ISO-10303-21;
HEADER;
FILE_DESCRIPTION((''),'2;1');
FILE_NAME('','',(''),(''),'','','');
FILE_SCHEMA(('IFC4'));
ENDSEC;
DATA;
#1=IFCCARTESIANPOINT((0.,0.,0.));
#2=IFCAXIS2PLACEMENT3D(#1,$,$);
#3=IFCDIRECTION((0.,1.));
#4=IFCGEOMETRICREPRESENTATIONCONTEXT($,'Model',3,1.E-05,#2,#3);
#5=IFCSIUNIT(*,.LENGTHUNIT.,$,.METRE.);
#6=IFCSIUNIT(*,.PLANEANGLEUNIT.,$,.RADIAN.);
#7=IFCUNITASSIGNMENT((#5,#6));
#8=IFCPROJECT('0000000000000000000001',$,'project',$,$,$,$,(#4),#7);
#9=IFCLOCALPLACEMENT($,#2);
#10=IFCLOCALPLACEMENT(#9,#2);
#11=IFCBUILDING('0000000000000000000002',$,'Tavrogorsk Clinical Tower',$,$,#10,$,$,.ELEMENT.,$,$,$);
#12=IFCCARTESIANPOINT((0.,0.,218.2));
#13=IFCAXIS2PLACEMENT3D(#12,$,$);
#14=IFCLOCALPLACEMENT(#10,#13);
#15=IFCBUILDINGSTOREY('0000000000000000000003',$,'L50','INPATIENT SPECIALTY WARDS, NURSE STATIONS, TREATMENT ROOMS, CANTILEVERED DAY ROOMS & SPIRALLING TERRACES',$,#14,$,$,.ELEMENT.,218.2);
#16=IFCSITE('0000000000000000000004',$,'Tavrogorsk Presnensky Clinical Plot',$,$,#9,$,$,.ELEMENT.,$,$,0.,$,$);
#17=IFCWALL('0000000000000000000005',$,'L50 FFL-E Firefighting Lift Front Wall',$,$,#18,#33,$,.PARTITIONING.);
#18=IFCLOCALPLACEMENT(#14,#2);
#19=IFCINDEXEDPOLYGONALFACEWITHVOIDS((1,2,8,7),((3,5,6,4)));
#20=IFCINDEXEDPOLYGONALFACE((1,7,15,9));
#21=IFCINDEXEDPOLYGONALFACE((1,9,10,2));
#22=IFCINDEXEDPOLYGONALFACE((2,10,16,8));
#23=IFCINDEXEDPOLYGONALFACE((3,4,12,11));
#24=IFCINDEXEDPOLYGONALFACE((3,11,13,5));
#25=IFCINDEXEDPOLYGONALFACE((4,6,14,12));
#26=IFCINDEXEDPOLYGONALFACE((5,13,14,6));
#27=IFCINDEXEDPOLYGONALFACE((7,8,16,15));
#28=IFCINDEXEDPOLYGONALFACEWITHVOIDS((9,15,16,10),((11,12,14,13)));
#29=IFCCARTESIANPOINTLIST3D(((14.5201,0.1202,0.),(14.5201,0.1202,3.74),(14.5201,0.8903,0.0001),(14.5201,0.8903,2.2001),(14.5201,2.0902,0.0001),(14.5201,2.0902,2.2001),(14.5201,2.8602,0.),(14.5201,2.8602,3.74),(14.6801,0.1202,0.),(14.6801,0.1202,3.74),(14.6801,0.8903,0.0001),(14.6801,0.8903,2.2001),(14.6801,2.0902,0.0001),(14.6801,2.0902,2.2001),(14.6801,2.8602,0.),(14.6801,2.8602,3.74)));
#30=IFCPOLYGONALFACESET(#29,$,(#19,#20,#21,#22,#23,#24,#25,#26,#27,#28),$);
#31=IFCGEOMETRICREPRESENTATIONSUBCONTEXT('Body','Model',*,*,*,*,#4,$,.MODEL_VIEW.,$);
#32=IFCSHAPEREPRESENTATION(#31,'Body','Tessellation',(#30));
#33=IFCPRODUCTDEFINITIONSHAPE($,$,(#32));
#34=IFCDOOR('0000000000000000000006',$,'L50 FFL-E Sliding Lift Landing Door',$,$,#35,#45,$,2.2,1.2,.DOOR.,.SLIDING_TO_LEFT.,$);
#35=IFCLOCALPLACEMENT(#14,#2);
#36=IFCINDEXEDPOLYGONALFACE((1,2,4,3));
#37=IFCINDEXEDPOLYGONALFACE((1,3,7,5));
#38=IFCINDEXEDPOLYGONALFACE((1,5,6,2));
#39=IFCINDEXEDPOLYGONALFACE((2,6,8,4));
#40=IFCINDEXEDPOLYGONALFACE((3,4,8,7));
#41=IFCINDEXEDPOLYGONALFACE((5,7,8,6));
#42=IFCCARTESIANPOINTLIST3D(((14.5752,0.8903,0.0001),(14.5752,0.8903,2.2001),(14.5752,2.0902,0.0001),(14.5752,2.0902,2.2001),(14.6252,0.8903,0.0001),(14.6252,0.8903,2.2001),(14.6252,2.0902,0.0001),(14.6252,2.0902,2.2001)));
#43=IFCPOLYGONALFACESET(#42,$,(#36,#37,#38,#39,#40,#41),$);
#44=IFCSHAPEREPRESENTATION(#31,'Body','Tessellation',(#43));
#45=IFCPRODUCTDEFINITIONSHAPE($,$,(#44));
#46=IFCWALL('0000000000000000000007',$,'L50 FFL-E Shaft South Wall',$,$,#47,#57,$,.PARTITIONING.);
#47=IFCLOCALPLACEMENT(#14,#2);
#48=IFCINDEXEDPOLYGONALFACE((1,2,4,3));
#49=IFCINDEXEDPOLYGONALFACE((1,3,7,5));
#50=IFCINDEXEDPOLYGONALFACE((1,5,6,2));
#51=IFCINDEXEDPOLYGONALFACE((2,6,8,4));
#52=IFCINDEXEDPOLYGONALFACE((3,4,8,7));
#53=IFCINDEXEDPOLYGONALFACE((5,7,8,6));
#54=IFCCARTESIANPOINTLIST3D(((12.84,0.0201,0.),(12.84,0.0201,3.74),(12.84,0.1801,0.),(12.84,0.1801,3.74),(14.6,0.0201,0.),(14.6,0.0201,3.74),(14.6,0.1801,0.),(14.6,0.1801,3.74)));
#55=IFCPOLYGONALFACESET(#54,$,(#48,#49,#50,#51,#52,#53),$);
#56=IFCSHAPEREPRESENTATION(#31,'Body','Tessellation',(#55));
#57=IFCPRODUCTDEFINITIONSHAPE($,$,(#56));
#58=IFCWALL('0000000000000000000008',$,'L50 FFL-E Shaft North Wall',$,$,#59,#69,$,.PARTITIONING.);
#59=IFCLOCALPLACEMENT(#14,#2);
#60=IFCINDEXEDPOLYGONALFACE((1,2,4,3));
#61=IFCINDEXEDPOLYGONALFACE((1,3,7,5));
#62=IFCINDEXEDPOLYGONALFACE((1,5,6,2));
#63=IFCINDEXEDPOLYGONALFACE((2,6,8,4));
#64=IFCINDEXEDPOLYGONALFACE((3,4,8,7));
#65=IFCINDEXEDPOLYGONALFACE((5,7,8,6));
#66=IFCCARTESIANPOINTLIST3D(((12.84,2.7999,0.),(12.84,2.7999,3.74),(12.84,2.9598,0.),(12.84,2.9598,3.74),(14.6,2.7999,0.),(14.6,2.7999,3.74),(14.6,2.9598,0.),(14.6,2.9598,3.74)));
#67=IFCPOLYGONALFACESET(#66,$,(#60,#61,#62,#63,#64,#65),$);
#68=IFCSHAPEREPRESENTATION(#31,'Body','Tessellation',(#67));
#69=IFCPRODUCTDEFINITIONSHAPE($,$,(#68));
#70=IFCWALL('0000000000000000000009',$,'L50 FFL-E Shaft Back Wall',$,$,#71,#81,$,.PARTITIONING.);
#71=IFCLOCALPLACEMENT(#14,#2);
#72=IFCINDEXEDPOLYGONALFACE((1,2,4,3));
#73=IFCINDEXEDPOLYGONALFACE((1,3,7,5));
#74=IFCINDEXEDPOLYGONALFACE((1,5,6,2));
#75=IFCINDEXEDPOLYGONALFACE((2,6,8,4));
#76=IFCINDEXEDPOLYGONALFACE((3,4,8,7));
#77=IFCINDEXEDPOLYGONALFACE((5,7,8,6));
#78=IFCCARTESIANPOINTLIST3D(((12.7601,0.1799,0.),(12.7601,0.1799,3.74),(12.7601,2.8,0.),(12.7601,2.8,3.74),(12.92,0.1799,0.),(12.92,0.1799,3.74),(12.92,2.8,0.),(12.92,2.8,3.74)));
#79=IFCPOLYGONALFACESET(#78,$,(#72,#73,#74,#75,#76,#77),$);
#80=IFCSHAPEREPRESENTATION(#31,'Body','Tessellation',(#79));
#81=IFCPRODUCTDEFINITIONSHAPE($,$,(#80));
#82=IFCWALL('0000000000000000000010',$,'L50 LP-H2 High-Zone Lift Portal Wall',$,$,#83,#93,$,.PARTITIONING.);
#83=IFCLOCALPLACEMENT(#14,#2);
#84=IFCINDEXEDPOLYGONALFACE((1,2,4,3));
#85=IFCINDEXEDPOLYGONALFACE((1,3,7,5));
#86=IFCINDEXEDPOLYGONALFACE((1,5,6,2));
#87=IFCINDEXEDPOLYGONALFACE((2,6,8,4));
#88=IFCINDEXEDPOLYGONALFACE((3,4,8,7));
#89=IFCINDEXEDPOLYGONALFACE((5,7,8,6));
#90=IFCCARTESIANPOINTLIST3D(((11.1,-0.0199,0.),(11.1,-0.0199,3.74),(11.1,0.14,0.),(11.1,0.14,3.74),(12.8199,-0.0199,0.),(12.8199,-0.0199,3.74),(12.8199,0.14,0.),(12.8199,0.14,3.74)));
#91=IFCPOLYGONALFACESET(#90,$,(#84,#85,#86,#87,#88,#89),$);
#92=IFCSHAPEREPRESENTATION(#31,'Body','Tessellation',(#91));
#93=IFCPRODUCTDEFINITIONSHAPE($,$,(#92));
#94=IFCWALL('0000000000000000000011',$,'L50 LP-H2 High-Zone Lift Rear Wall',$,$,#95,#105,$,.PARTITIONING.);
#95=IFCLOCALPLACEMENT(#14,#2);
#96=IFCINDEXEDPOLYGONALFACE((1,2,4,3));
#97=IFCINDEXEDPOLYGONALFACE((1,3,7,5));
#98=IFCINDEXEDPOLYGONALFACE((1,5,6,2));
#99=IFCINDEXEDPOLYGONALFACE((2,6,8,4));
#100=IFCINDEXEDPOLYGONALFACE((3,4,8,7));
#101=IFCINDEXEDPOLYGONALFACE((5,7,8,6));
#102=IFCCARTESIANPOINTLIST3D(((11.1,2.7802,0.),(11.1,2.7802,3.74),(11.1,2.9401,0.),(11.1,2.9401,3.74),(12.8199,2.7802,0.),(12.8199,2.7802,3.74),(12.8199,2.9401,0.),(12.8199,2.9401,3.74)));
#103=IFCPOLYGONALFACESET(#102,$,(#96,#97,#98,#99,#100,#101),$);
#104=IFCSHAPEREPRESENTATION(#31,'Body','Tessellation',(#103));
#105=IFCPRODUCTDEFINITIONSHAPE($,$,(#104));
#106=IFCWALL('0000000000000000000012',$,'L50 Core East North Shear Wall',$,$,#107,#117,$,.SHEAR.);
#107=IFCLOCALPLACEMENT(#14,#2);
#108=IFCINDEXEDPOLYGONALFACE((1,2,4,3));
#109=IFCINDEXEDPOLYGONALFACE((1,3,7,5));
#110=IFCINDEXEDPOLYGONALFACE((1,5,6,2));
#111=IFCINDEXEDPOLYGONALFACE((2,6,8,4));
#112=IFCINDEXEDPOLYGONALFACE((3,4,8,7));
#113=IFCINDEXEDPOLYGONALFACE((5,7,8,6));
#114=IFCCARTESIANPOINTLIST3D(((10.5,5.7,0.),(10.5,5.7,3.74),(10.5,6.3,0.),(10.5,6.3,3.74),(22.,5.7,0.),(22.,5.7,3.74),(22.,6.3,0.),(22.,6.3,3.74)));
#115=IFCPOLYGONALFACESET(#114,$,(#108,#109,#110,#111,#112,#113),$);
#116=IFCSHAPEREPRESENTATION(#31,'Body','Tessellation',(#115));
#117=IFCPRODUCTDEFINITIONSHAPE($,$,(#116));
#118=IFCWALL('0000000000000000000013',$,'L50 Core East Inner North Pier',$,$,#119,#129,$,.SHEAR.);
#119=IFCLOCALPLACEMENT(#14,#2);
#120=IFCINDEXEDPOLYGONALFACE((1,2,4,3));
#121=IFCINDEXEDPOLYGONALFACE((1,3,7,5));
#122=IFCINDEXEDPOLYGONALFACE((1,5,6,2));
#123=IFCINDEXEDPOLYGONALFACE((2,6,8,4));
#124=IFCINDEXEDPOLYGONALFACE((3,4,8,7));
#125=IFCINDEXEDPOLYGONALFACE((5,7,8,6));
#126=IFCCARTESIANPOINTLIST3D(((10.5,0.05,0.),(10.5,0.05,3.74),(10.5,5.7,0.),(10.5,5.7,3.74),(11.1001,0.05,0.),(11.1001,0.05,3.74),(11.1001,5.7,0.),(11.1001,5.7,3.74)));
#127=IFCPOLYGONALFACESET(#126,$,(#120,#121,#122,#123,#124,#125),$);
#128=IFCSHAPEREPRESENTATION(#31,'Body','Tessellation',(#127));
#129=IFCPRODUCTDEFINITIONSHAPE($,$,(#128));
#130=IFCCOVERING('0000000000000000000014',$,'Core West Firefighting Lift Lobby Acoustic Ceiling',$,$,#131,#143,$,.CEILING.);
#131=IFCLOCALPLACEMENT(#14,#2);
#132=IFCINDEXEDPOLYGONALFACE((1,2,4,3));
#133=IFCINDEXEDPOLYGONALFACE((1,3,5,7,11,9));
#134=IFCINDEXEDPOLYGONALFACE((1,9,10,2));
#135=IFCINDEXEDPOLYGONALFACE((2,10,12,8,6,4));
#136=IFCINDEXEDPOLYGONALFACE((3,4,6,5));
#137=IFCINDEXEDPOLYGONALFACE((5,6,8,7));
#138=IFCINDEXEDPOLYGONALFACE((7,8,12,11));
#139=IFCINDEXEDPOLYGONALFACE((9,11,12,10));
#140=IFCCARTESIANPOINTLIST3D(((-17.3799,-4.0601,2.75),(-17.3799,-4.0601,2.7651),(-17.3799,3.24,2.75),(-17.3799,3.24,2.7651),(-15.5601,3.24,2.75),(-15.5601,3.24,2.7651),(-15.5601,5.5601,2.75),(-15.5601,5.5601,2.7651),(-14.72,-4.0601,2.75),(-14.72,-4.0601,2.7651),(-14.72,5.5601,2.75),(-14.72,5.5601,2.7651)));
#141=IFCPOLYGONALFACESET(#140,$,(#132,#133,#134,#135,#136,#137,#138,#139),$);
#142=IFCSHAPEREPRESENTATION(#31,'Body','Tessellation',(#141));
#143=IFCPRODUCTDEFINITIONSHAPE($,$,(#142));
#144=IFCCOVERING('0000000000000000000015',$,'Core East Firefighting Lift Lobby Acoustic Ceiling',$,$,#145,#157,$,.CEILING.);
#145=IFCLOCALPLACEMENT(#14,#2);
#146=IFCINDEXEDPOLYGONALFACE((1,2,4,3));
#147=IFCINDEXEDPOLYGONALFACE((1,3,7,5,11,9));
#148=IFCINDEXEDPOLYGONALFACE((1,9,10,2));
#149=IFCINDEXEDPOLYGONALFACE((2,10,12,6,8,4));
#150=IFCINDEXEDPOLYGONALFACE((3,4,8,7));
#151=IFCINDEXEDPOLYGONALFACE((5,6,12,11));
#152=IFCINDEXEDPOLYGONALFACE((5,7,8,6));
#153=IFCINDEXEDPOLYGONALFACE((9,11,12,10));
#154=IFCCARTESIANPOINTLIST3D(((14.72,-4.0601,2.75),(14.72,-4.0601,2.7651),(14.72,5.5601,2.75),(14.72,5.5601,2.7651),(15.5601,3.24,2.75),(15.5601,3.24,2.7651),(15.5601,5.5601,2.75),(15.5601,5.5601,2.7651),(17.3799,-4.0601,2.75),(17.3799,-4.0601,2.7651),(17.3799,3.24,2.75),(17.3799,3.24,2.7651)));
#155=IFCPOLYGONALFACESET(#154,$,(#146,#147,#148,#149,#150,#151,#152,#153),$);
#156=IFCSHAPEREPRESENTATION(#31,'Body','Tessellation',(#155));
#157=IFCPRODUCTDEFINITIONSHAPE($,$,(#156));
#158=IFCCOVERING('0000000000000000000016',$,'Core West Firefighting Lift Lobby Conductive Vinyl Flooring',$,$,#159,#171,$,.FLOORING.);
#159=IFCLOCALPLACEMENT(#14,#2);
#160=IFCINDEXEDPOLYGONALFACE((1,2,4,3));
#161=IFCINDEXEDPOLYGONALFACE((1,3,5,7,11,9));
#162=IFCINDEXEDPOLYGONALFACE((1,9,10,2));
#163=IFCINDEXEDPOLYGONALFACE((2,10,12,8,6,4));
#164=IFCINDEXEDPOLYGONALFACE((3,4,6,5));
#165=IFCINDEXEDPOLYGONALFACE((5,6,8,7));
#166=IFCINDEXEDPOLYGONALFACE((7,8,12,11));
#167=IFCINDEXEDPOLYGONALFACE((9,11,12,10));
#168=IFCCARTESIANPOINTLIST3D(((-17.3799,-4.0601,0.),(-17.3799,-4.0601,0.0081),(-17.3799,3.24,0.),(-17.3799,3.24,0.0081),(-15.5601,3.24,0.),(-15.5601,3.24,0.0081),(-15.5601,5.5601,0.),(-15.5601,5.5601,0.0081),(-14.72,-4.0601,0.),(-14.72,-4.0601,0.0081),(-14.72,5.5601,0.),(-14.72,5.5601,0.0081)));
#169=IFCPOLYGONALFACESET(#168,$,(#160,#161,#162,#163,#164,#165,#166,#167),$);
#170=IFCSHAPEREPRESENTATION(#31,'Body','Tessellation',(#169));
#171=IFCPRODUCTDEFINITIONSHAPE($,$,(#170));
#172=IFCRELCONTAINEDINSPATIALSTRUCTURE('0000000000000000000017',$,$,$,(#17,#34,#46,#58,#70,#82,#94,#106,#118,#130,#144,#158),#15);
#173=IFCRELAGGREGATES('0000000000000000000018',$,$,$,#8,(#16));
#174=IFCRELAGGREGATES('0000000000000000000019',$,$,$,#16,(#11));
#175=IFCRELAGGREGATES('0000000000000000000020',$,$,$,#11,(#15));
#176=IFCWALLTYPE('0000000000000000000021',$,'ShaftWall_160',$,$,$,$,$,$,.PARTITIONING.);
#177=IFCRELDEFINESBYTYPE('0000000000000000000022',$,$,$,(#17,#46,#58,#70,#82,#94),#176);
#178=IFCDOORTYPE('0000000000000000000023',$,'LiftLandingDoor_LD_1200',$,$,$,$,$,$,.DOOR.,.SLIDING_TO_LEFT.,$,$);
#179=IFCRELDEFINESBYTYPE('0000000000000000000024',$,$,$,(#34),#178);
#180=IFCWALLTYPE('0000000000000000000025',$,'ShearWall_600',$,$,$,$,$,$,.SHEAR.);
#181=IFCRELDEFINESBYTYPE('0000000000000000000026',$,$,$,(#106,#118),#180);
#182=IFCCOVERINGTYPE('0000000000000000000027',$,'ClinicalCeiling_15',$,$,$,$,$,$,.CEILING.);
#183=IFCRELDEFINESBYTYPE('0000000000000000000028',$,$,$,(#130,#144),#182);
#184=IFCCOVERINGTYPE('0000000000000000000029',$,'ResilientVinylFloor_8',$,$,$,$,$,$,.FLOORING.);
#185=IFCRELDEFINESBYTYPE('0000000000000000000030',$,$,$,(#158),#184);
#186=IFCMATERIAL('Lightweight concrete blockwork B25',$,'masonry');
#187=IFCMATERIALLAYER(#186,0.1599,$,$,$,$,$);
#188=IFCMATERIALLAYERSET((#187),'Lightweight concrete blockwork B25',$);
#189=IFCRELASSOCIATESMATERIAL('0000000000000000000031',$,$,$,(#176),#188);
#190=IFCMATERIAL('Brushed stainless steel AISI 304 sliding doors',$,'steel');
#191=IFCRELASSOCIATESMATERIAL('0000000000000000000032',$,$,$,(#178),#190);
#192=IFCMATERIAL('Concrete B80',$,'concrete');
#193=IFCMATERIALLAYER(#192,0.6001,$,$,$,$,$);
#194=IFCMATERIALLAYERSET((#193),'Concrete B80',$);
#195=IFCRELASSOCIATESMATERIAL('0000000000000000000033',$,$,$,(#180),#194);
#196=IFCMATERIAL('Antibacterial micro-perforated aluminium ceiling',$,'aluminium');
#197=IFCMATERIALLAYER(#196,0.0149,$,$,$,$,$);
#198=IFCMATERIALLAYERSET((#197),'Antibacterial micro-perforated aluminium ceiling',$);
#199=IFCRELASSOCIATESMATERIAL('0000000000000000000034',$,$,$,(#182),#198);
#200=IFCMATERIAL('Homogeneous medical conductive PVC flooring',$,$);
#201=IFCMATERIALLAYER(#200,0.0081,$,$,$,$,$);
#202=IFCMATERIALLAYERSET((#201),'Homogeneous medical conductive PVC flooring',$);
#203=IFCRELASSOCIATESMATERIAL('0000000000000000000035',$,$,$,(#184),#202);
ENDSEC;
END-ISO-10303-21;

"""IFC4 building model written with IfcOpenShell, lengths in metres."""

from ifc_helpers import new_model, si_unit, direction, frame, frame_2d, origin, place, context, subcontext, project, spatial, polyline, rectangle, outline, extrude, material, layer, layer_set, type_object, element, fill, save


model = new_model("IFC4")

# Units and contexts
model_context = context("Model", 3, precision=1e-05, world=origin(), true_north=direction((0.0, 1.0)))
body_context = subcontext(model_context, "Body", "Model", "MODEL_VIEW")
ifc_project = project(units=[si_unit("LENGTHUNIT", "METRE"), si_unit("PLANEANGLEUNIT", "RADIAN")], contexts=[model_context])

# Site, building, storey
site_placement = place(None, origin())
site = spatial("IfcSite", under=ifc_project, at=site_placement, Name="Tavrogorsk Presnensky Clinical Plot", CompositionType="ELEMENT", RefElevation=0.0)
building_placement = place(site_placement, origin())
building = spatial("IfcBuilding", under=site, at=building_placement, Name="Tavrogorsk Clinical Tower", CompositionType="ELEMENT")
storey_placement = place(building_placement, frame((0.0, 0.0, 218.2)))
storey = spatial("IfcBuildingStorey", under=building, at=storey_placement, Name="L50", Description="INPATIENT SPECIALTY WARDS, NURSE STATIONS, TREATMENT ROOMS, CANTILEVERED DAY ROOMS & SPIRALLING TERRACES", CompositionType="ELEMENT", Elevation=218.2)

# Wall, opening, door
ifc_material_1 = material(Name="Lightweight concrete blockwork B25", Category="masonry")
ifc_layer_1 = layer(ifc_material_1, 0.1599)
ifc_layer_set_1 = layer_set([ifc_layer_1], Name="Lightweight concrete blockwork B25")
wall_type_1 = type_object("IfcWallType", Name="ShaftWall_160", PredefinedType="PARTITIONING", material=ifc_layer_set_1)
wall_1_placement = place(storey_placement, frame((14.6001, 0.1201, 0.0), z_axis=(0.0, 0.0, 1.0), x_axis=(0.0, 1.0, 0.0)))
wall_1 = element("IfcWall", 1, at=wall_1_placement, inside=storey, type_object=wall_type_1, Name="L50 FFL-E Firefighting Lift Front Wall", PredefinedType="PARTITIONING", context=body_context, shape_type="SweptSolid", body=[
    extrude(rectangle(XDim=2.74, YDim=0.1599, at=frame_2d((1.3701, 0.0))), origin(), (0.0, 0.0, 1.0), 3.74),
])
opening_1_placement = place(wall_1_placement, frame((0.77, 0.0, 0.0)))
opening_1 = element("IfcOpeningElement", 2, at=opening_1_placement, cuts=wall_1, PredefinedType="OPENING", context=body_context, shape_type="SweptSolid", body=[
    extrude(rectangle(XDim=1.2, YDim=2.2, at=frame_2d((0.6001, 1.1001))), frame((0.0, 0.0898, 0.0), z_axis=(0.0, -1.0, 0.0), x_axis=(1.0, 0.0, 0.0)), (0.0, 0.0, 1.0), 0.1799),
])
ifc_material_2 = material(Name="Brushed stainless steel AISI 304 sliding doors", Category="steel")
door_type_1 = type_object("IfcDoorType", Name="LiftLandingDoor_LD_1200", OperationType="SLIDING_TO_LEFT", PredefinedType="DOOR", material=ifc_material_2)
door_1_placement = place(opening_1_placement, origin())
door_1 = element("IfcDoor", 3, at=door_1_placement, inside=storey, type_object=door_type_1, Name="L50 FFL-E Sliding Lift Landing Door", OperationType="SLIDING_TO_LEFT", OverallHeight=2.2, OverallWidth=1.2, PredefinedType="DOOR", context=body_context, shape_type="SweptSolid", body=[
    extrude(rectangle(XDim=1.2, YDim=2.2, at=frame_2d((0.6001, 1.1001))), frame((0.0, 0.0249, 0.0), z_axis=(0.0, -1.0, 0.0), x_axis=(1.0, 0.0, 0.0)), (0.0, 0.0, 1.0), 0.05),
])
fill(opening_1, door_1)

# Walls
for number, where, z_axis, x_axis, name in (
    (4, (12.8401, 0.1001, 0.0), (0.0, 0.0, 1.0), (1.0, 0.0, 0.0), "L50 FFL-E Shaft South Wall"),
    (5, (12.8401, 2.8799, 0.0), (0.0, 0.0, 1.0), (1.0, 0.0, 0.0), "L50 FFL-E Shaft North Wall"),
):
    element("IfcWall", number, at=place(storey_placement, frame(where, z_axis=z_axis, x_axis=x_axis)), inside=storey, type_object=wall_type_1, Name=name, PredefinedType="PARTITIONING", context=body_context, shape_type="SweptSolid", body=[
        extrude(rectangle(XDim=1.76, YDim=0.1599, at=frame_2d((0.8799, 0.0))), origin(), (0.0, 0.0, 1.0), 3.74),
    ])
wall_2_placement = place(storey_placement, frame((12.8401, 0.1799, 0.0), z_axis=(0.0, 0.0, 1.0), x_axis=(0.0, 1.0, 0.0)))
element("IfcWall", 6, at=wall_2_placement, inside=storey, type_object=wall_type_1, Name="L50 FFL-E Shaft Back Wall", PredefinedType="PARTITIONING", context=body_context, shape_type="SweptSolid", body=[
    extrude(rectangle(XDim=2.6201, YDim=0.1599, at=frame_2d((1.3101, 0.0))), origin(), (0.0, 0.0, 1.0), 3.74),
])
for number, where, z_axis, x_axis, name in (
    (7, (11.1001, 0.0601, 0.0), (0.0, 0.0, 1.0), (1.0, 0.0, 0.0), "L50 LP-H2 High-Zone Lift Portal Wall"),
    (8, (11.1001, 2.8601, 0.0), (0.0, 0.0, 1.0), (1.0, 0.0, 0.0), "L50 LP-H2 High-Zone Lift Rear Wall"),
):
    element("IfcWall", number, at=place(storey_placement, frame(where, z_axis=z_axis, x_axis=x_axis)), inside=storey, type_object=wall_type_1, Name=name, PredefinedType="PARTITIONING", context=body_context, shape_type="SweptSolid", body=[
        extrude(rectangle(XDim=1.72, YDim=0.1599, at=frame_2d((0.8599, 0.0))), origin(), (0.0, 0.0, 1.0), 3.74),
    ])
ifc_material_3 = material(Name="Concrete B80", Category="concrete")
ifc_layer_2 = layer(ifc_material_3, 0.6001)
ifc_layer_set_2 = layer_set([ifc_layer_2], Name="Concrete B80")
wall_type_2 = type_object("IfcWallType", Name="ShearWall_600", PredefinedType="SHEAR", material=ifc_layer_set_2)
wall_3_placement = place(storey_placement, frame((10.5, 6.0, 0.0), z_axis=(0.0, 0.0, 1.0), x_axis=(1.0, 0.0, 0.0)))
element("IfcWall", 9, at=wall_3_placement, inside=storey, type_object=wall_type_2, Name="L50 Core East North Shear Wall", PredefinedType="SHEAR", context=body_context, shape_type="SweptSolid", body=[
    extrude(rectangle(XDim=11.5, YDim=0.6001, at=frame_2d((5.75, 0.0))), origin(), (0.0, 0.0, 1.0), 3.74),
])
wall_4_placement = place(storey_placement, frame((10.8, 0.05, 0.0), z_axis=(0.0, 0.0, 1.0), x_axis=(0.0, 1.0, 0.0)))
element("IfcWall", 10, at=wall_4_placement, inside=storey, type_object=wall_type_2, Name="L50 Core East Inner North Pier", PredefinedType="SHEAR", context=body_context, shape_type="SweptSolid", body=[
    extrude(rectangle(XDim=5.6499, YDim=0.6001, at=frame_2d((2.825, 0.0))), origin(), (0.0, 0.0, 1.0), 3.74),
])

# Coverings
ifc_material_4 = material(Name="Antibacterial micro-perforated aluminium ceiling", Category="aluminium")
ifc_layer_3 = layer(ifc_material_4, 0.0149)
ifc_layer_set_3 = layer_set([ifc_layer_3], Name="Antibacterial micro-perforated aluminium ceiling")
covering_type_1 = type_object("IfcCoveringType", Name="ClinicalCeiling_15", PredefinedType="CEILING", material=ifc_layer_set_3)
covering_1_placement = place(storey_placement, frame((0.0, 0.0, 2.75)))
element("IfcCovering", 11, at=covering_1_placement, inside=storey, type_object=covering_type_1, Name="Core West Firefighting Lift Lobby Acoustic Ceiling", PredefinedType="CEILING", context=body_context, shape_type="SweptSolid", body=[
    extrude(outline(polyline([(-14.72, 5.5601), (-14.72, -4.0601), (-17.3799, -4.0601), (-17.3799, 3.24), (-15.5601, 3.24), (-15.5601, 5.5601), (-14.72, 5.5601)])), origin(), (0.0, 0.0, 1.0), 0.0151),
])
covering_2_placement = place(storey_placement, frame((0.0, 0.0, 2.75)))
element("IfcCovering", 12, at=covering_2_placement, inside=storey, type_object=covering_type_1, Name="Core East Firefighting Lift Lobby Acoustic Ceiling", PredefinedType="CEILING", context=body_context, shape_type="SweptSolid", body=[
    extrude(outline(polyline([(17.3799, -4.0601), (14.72, -4.0601), (14.72, 5.5601), (15.5601, 5.5601), (15.5601, 3.24), (17.3799, 3.24), (17.3799, -4.0601)])), origin(), (0.0, 0.0, 1.0), 0.0151),
])
ifc_material_5 = material(Name="Homogeneous medical conductive PVC flooring")
ifc_layer_4 = layer(ifc_material_5, 0.0081)
ifc_layer_set_4 = layer_set([ifc_layer_4], Name="Homogeneous medical conductive PVC flooring")
covering_type_2 = type_object("IfcCoveringType", Name="ResilientVinylFloor_8", PredefinedType="FLOORING", material=ifc_layer_set_4)
covering_3_placement = place(storey_placement, origin())
element("IfcCovering", 13, at=covering_3_placement, inside=storey, type_object=covering_type_2, Name="Core West Firefighting Lift Lobby Conductive Vinyl Flooring", PredefinedType="FLOORING", context=body_context, shape_type="SweptSolid", body=[
    extrude(outline(polyline([(-14.72, 5.5601), (-14.72, -4.0601), (-17.3799, -4.0601), (-17.3799, 3.24), (-15.5601, 3.24), (-15.5601, 5.5601), (-14.72, 5.5601)])), origin(), (0.0, 0.0, 1.0), 0.0081),
])

save(model, "model.ifc")
